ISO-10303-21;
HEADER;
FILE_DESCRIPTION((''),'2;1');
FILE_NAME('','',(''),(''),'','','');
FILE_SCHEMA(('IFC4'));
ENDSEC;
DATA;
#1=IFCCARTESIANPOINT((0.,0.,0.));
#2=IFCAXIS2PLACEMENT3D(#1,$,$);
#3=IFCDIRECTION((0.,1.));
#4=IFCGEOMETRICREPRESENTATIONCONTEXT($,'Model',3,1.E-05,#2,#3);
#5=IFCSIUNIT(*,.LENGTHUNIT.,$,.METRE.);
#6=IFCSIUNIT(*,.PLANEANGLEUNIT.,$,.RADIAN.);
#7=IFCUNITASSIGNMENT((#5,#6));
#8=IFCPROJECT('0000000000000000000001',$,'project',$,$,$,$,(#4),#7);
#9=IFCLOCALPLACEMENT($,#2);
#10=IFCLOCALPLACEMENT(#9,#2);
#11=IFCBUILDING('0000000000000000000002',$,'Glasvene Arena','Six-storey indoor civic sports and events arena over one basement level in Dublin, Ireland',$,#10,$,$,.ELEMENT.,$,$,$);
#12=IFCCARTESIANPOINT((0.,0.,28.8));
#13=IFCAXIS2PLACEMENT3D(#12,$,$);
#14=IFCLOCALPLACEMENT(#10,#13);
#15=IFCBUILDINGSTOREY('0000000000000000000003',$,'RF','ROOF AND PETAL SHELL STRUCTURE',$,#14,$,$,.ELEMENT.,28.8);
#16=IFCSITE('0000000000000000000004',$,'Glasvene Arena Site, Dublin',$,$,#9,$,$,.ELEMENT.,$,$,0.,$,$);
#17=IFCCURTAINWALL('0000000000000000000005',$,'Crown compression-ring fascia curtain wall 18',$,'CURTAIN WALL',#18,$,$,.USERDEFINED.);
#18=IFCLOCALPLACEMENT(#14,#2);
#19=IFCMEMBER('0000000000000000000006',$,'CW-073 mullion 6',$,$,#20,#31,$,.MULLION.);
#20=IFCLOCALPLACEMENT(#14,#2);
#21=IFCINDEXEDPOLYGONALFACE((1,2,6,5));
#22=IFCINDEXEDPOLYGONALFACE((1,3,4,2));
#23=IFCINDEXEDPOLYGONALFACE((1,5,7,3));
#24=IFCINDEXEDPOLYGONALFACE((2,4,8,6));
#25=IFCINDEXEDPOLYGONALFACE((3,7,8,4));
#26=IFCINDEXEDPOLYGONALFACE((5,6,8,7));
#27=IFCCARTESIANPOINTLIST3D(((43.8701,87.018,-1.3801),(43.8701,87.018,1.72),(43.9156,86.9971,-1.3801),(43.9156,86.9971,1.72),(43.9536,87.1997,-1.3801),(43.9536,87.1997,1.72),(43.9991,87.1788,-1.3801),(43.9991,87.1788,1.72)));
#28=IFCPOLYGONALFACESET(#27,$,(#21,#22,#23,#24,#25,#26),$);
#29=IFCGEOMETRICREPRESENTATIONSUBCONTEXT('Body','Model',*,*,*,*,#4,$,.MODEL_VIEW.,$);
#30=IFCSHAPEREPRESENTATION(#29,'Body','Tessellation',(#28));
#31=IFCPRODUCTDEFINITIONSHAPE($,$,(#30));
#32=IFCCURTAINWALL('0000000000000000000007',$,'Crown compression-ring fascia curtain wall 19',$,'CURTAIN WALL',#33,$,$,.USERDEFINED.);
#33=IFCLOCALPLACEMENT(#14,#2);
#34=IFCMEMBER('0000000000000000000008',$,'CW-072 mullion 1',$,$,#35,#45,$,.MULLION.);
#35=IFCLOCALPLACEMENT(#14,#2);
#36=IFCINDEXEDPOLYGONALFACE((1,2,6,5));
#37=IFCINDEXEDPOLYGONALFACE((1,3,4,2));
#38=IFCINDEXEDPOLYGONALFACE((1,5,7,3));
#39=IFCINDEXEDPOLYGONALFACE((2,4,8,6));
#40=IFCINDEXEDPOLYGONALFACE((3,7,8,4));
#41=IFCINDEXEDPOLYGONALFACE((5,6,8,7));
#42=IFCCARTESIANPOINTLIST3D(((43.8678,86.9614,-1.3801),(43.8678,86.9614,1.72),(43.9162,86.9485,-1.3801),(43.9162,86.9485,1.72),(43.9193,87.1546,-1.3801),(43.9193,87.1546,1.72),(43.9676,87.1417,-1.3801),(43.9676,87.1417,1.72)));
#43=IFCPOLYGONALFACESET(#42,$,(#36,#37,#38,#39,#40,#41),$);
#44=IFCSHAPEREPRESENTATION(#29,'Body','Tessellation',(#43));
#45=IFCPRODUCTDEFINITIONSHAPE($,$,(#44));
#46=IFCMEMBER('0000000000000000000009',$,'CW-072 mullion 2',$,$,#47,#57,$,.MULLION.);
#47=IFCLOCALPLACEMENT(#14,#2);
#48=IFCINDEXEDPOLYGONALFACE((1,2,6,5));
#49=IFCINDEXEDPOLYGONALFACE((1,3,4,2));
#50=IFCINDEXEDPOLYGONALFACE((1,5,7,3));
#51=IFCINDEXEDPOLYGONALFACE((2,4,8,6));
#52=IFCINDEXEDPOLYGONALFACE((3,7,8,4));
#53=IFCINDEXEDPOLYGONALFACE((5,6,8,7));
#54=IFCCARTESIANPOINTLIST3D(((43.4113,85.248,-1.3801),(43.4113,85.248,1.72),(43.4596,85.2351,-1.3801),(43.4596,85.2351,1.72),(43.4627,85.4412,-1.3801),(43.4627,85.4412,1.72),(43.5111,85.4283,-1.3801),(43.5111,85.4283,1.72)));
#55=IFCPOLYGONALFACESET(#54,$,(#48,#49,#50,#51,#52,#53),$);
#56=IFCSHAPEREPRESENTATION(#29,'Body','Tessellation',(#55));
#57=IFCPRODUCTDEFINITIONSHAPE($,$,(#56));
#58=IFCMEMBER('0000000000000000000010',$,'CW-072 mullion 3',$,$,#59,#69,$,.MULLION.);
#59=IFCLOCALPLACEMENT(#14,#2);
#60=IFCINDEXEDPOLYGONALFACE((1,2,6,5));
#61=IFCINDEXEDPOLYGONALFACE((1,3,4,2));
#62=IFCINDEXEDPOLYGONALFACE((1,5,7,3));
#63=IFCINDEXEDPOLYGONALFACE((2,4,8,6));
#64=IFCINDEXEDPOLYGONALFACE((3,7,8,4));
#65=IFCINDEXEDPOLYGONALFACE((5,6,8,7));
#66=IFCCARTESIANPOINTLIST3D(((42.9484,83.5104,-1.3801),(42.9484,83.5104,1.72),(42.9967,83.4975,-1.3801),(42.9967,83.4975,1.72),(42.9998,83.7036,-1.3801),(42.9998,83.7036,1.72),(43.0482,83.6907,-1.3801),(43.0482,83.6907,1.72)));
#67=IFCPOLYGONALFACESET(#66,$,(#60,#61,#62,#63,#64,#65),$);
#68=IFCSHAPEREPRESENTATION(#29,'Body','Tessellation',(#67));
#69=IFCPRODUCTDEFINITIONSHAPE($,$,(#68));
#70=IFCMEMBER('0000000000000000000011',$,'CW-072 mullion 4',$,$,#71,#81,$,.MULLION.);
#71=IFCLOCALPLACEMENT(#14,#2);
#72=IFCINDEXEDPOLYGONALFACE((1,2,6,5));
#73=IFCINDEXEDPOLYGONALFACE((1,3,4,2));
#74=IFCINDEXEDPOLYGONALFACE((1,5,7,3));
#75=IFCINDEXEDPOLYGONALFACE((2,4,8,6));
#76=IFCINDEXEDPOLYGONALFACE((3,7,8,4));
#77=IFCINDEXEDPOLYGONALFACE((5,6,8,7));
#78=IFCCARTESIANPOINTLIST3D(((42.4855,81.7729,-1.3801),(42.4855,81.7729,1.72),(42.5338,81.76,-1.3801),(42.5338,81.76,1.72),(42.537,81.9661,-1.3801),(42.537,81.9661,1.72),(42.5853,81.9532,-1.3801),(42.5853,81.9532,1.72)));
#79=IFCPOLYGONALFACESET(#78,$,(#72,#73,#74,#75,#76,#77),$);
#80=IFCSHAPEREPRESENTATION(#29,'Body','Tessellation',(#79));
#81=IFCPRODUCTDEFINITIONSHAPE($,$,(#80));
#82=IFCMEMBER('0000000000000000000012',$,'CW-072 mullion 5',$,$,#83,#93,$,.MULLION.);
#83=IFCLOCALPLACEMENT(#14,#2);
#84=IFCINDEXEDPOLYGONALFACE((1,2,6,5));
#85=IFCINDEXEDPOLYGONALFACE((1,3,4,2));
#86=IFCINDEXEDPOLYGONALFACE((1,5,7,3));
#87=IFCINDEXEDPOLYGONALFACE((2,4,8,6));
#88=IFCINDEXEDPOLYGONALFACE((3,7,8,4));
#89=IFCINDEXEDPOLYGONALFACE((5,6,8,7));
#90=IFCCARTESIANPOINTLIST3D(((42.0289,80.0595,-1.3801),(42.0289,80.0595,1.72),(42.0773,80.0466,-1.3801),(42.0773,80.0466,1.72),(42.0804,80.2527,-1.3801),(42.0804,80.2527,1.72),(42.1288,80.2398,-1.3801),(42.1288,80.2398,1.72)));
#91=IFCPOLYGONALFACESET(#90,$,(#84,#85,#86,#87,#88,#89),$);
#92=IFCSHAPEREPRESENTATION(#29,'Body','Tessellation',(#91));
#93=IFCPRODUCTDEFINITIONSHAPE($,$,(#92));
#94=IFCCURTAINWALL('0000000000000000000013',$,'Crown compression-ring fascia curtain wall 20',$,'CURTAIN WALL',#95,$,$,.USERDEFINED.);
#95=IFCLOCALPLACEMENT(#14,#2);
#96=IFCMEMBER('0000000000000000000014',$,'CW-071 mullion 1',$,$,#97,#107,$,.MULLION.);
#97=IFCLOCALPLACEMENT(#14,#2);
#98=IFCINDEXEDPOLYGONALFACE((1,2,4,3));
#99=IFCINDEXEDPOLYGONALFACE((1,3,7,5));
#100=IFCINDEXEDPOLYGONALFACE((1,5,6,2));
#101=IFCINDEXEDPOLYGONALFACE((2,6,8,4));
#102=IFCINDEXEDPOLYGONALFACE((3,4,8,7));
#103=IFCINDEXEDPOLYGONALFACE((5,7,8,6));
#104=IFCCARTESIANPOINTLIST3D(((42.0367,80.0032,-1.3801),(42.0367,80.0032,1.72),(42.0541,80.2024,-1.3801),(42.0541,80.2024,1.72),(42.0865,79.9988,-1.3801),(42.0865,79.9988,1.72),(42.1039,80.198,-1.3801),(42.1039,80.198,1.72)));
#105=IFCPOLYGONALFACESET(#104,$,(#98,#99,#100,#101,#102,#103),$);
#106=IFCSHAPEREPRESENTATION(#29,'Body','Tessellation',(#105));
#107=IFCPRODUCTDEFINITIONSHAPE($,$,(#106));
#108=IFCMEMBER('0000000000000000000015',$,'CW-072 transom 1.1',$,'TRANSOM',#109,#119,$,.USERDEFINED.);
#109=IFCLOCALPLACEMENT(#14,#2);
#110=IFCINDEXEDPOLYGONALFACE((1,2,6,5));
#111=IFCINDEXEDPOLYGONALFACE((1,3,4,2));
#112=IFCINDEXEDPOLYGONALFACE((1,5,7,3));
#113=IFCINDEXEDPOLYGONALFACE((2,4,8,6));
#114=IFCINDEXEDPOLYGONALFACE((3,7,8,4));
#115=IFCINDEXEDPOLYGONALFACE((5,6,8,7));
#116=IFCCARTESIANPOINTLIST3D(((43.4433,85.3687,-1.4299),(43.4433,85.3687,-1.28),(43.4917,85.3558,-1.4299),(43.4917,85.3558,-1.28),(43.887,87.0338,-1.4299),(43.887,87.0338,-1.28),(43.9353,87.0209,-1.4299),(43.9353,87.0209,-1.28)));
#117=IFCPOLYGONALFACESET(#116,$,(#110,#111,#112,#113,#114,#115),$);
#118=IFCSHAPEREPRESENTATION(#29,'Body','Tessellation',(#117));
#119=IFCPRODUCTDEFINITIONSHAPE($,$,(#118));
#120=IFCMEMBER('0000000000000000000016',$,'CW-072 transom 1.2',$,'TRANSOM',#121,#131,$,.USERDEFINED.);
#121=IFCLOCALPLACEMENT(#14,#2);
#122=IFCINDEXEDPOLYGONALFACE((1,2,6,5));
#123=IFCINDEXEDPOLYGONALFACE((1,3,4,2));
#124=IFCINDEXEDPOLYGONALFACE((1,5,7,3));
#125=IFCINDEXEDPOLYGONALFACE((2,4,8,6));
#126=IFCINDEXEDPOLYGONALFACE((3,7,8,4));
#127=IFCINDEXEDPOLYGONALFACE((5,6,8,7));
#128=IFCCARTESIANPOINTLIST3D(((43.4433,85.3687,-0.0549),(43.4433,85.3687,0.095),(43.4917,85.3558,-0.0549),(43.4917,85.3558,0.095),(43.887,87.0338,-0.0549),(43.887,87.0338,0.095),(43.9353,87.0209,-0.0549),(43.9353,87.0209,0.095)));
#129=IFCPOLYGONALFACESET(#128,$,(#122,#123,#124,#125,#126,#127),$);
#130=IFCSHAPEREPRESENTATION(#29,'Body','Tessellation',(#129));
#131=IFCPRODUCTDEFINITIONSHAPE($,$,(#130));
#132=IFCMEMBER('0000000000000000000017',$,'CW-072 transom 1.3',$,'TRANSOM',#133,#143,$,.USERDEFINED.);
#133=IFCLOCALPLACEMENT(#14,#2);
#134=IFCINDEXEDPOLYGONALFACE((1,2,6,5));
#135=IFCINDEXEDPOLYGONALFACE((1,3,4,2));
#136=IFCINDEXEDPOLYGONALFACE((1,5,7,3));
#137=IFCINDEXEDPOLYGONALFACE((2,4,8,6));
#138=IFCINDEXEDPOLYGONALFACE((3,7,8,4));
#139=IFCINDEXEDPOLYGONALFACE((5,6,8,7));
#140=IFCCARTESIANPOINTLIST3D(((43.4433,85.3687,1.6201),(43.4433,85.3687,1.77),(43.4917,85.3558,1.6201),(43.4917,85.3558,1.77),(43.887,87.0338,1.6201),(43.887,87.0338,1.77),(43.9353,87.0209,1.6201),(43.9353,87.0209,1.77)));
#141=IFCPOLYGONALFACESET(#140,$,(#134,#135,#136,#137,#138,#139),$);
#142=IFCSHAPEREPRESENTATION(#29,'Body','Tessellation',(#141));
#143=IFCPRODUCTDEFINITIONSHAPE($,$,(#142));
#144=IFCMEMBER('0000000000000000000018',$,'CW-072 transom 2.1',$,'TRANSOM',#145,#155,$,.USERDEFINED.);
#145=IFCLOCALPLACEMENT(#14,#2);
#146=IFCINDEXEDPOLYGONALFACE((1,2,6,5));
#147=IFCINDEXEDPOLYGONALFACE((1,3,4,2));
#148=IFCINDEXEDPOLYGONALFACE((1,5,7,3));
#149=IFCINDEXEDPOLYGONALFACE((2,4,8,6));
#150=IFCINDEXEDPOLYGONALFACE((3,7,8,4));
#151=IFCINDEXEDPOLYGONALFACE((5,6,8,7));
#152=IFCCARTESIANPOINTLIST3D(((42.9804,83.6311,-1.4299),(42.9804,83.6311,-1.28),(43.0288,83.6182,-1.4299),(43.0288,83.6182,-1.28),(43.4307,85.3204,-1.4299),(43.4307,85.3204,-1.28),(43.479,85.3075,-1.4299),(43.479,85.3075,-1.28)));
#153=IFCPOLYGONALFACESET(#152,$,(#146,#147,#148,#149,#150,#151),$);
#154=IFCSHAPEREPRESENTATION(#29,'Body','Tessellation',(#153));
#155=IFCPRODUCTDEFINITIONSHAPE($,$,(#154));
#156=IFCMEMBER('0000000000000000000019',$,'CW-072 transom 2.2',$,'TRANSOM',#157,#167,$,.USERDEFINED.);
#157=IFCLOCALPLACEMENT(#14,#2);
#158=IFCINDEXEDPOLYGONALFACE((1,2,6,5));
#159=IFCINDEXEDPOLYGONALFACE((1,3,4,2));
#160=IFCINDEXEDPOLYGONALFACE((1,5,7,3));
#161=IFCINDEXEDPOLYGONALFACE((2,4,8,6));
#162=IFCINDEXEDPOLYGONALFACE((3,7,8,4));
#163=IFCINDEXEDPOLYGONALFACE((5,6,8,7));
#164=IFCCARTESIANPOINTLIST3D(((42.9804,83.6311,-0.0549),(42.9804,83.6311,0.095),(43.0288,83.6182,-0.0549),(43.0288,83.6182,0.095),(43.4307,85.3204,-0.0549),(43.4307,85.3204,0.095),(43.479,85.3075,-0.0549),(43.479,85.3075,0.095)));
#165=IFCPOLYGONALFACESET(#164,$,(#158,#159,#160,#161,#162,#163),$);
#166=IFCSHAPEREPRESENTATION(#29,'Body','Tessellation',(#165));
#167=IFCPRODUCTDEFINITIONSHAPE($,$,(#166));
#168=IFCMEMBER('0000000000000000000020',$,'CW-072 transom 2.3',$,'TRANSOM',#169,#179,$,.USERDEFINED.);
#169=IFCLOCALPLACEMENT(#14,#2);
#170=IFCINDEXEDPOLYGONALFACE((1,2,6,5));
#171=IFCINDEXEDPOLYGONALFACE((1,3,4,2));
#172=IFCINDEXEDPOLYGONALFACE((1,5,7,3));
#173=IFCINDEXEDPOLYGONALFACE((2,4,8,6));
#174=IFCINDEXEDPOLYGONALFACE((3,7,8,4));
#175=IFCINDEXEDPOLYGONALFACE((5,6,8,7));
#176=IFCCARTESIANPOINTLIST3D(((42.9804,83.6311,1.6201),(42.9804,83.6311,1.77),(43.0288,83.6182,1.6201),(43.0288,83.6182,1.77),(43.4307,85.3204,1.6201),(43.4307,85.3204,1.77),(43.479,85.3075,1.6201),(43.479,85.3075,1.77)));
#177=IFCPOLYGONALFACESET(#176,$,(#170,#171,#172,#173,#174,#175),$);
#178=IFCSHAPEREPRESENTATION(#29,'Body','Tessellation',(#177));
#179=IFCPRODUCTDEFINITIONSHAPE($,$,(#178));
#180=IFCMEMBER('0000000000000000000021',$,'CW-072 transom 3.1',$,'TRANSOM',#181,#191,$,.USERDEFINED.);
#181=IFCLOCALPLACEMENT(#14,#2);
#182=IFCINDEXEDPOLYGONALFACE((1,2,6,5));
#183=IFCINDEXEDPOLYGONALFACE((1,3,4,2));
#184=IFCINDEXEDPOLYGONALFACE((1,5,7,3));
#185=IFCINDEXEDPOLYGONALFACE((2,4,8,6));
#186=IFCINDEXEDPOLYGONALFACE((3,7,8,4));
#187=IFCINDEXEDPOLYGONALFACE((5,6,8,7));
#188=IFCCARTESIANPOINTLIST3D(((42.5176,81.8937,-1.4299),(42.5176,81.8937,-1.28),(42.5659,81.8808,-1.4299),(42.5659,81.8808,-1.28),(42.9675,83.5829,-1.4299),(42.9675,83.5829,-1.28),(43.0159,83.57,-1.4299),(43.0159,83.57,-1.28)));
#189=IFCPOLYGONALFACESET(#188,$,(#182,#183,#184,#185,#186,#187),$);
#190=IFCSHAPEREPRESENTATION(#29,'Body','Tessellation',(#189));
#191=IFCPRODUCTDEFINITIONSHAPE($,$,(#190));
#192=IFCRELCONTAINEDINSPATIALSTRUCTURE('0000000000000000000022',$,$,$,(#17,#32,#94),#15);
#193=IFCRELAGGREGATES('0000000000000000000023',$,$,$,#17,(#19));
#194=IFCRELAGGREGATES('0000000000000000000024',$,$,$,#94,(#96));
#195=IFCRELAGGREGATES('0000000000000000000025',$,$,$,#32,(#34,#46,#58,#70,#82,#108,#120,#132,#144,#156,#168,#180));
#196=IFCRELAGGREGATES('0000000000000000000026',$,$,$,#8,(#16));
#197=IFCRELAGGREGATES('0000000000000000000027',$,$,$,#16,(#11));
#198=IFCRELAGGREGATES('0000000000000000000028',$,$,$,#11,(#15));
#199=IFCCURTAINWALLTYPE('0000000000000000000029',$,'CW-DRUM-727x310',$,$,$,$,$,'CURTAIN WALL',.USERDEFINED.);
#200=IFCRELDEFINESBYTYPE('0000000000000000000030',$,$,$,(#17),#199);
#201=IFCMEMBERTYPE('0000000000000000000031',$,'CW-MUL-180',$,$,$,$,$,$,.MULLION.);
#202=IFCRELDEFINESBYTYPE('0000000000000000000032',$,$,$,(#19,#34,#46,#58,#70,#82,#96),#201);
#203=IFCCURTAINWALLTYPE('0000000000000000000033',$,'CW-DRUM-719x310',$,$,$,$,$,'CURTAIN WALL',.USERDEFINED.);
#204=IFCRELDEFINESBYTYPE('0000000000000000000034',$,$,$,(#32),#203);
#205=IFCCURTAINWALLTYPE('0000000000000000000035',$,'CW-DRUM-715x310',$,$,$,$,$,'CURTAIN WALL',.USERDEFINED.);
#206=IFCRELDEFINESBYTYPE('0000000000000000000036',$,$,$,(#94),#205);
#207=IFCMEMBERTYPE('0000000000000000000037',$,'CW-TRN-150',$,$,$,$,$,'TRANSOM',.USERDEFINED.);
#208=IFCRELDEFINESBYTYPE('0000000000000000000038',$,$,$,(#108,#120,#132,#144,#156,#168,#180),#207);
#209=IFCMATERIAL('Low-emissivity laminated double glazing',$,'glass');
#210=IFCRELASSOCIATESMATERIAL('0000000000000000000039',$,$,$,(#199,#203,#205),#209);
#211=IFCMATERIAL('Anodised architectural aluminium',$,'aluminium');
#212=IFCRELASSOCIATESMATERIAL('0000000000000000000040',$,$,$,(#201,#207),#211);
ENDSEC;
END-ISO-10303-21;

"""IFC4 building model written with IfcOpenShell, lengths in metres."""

from ifc_helpers import new_model, si_unit, direction, frame, origin, origin_2d, place, context, subcontext, project, spatial, rectangle, extrude, material, material_profile, profile_set, type_object, element, aggregate, save


model = new_model("IFC4")

# Units and contexts
model_context = context("Model", 3, precision=1e-05, world=origin(), true_north=direction((0.0, 1.0)))
body_context = subcontext(model_context, "Body", "Model", "MODEL_VIEW")
ifc_project = project(units=[si_unit("LENGTHUNIT", "METRE"), si_unit("PLANEANGLEUNIT", "RADIAN")], contexts=[model_context])

# Site, building, storey
site_placement = place(None, origin())
site = spatial("IfcSite", under=ifc_project, at=site_placement, Name="Glasvene Arena Site, Dublin", CompositionType="ELEMENT", RefElevation=0.0)
building_placement = place(site_placement, origin())
building = spatial("IfcBuilding", under=site, at=building_placement, Name="Glasvene Arena", Description="Six-storey indoor civic sports and events arena over one basement level in Dublin, Ireland", CompositionType="ELEMENT")
storey_placement = place(building_placement, frame((0.0, 0.0, 28.8)))
storey = spatial("IfcBuildingStorey", under=building, at=storey_placement, Name="RF", Description="ROOF AND PETAL SHELL STRUCTURE", CompositionType="ELEMENT", Elevation=28.8)

# Curtain wall, member
ifc_material_1 = material(Name="Low-emissivity laminated double glazing", Category="glass")
curtain_wall_type_1 = type_object("IfcCurtainWallType", Name="CW-DRUM-727x310", ElementType="CURTAIN WALL", PredefinedType="USERDEFINED", material=ifc_material_1)
curtain_wall_1_placement = place(storey_placement, frame((46.9597, 93.6792, 0.0)))
curtain_wall_1 = element("IfcCurtainWall", 1, at=curtain_wall_1_placement, inside=storey, type_object=curtain_wall_type_1, Name="Crown compression-ring fascia curtain wall 18", ObjectType="CURTAIN WALL", PredefinedType="USERDEFINED")
ifc_material_2 = material(Name="Anodised architectural aluminium", Category="aluminium")
ifc_material_profile_1 = material_profile(ifc_material_2, rectangle(XDim=0.05, YDim=0.2, at=origin_2d()), Name="ALU MULLION 50x200")
ifc_profile_set_1 = profile_set([ifc_material_profile_1], Name="Anodised architectural aluminium")
member_type_1 = type_object("IfcMemberType", Name="CW-MUL-180", PredefinedType="MULLION", material=ifc_profile_set_1)
member_1_placement = place(storey_placement, frame((43.9346, 87.0984, -1.3801), z_axis=(0.0, 0.0, 1.0), x_axis=(0.908603, -0.417661, 0.0)))
member_1 = element("IfcMember", 2, at=member_1_placement, type_object=member_type_1, Name="CW-073 mullion 6", PredefinedType="MULLION", context=body_context, shape_type="SweptSolid", body=[
    extrude(rectangle(XDim=0.05, YDim=0.2, at=origin_2d()), origin(), (0.0, 0.0, 1.0), 3.1001),
])
aggregate(curtain_wall_1, [member_1])

# Curtain wall, members
curtain_wall_type_2 = type_object("IfcCurtainWallType", Name="CW-DRUM-719x310", ElementType="CURTAIN WALL", PredefinedType="USERDEFINED", material=ifc_material_1)
curtain_wall_2_placement = place(storey_placement, frame((43.9241, 87.0757, 0.0)))
curtain_wall_2 = element("IfcCurtainWall", 3, at=curtain_wall_2_placement, inside=storey, type_object=curtain_wall_type_2, Name="Crown compression-ring fascia curtain wall 19", ObjectType="CURTAIN WALL", PredefinedType="USERDEFINED")
member_2_placement = place(storey_placement, frame((43.9177, 87.0515, -1.3801), z_axis=(0.0, 0.0, 1.0), x_axis=(0.966292, -0.257447, 0.0)))
member_2 = element("IfcMember", 4, at=member_2_placement, type_object=member_type_1, Name="CW-072 mullion 1", PredefinedType="MULLION", context=body_context, shape_type="SweptSolid", body=[
    extrude(rectangle(XDim=0.05, YDim=0.2, at=origin_2d()), origin(), (0.0, 0.0, 1.0), 3.1001),
])
member_3_placement = place(storey_placement, frame((43.4612, 85.3381, -1.3801), z_axis=(0.0, 0.0, 1.0), x_axis=(0.966292, -0.257447, 0.0)))
member_3 = element("IfcMember", 5, at=member_3_placement, type_object=member_type_1, Name="CW-072 mullion 2", PredefinedType="MULLION", context=body_context, shape_type="SweptSolid", body=[
    extrude(rectangle(XDim=0.05, YDim=0.2, at=origin_2d()), origin(), (0.0, 0.0, 1.0), 3.1001),
])
member_4_placement = place(storey_placement, frame((42.9983, 83.6006, -1.3801), z_axis=(0.0, 0.0, 1.0), x_axis=(0.966292, -0.257447, 0.0)))
member_4 = element("IfcMember", 6, at=member_4_placement, type_object=member_type_1, Name="CW-072 mullion 3", PredefinedType="MULLION", context=body_context, shape_type="SweptSolid", body=[
    extrude(rectangle(XDim=0.05, YDim=0.2, at=origin_2d()), origin(), (0.0, 0.0, 1.0), 3.1001),
])
member_5_placement = place(storey_placement, frame((42.5354, 81.863, -1.3801), z_axis=(0.0, 0.0, 1.0), x_axis=(0.966292, -0.257447, 0.0)))
member_5 = element("IfcMember", 7, at=member_5_placement, type_object=member_type_1, Name="CW-072 mullion 4", PredefinedType="MULLION", context=body_context, shape_type="SweptSolid", body=[
    extrude(rectangle(XDim=0.05, YDim=0.2, at=origin_2d()), origin(), (0.0, 0.0, 1.0), 3.1001),
])
member_6_placement = place(storey_placement, frame((42.0789, 80.1497, -1.3801), z_axis=(0.0, 0.0, 1.0), x_axis=(0.966292, -0.257447, 0.0)))
member_6 = element("IfcMember", 8, at=member_6_placement, type_object=member_type_1, Name="CW-072 mullion 5", PredefinedType="MULLION", context=body_context, shape_type="SweptSolid", body=[
    extrude(rectangle(XDim=0.05, YDim=0.2, at=origin_2d()), origin(), (0.0, 0.0, 1.0), 3.1001),
])

# Curtain wall, member
curtain_wall_type_3 = type_object("IfcCurtainWallType", Name="CW-DRUM-715x310", ElementType="CURTAIN WALL", PredefinedType="USERDEFINED", material=ifc_material_1)
curtain_wall_3_placement = place(storey_placement, frame((42.0725, 80.1255, 0.0)))
curtain_wall_3 = element("IfcCurtainWall", 9, at=curtain_wall_3_placement, inside=storey, type_object=curtain_wall_type_3, Name="Crown compression-ring fascia curtain wall 20", ObjectType="CURTAIN WALL", PredefinedType="USERDEFINED")
member_7_placement = place(storey_placement, frame((42.0703, 80.1006, -1.3801), z_axis=(0.0, 0.0, 1.0), x_axis=(0.996207, -0.087016, 0.0)))
member_7 = element("IfcMember", 10, at=member_7_placement, type_object=member_type_1, Name="CW-071 mullion 1", PredefinedType="MULLION", context=body_context, shape_type="SweptSolid", body=[
    extrude(rectangle(XDim=0.05, YDim=0.2, at=origin_2d()), origin(), (0.0, 0.0, 1.0), 3.1001),
])

# Members
ifc_material_profile_2 = material_profile(ifc_material_2, rectangle(XDim=0.05, YDim=0.1499, at=origin_2d()), Name="ALU TRANSOM 50x150")
ifc_profile_set_2 = profile_set([ifc_material_profile_2], Name="Anodised architectural aluminium")
member_type_2 = type_object("IfcMemberType", Name="CW-TRN-150", ElementType="TRANSOM", PredefinedType="USERDEFINED", material=ifc_profile_set_2)
member_8_placement = place(storey_placement, frame((43.9111, 87.0273, -1.355), z_axis=(-0.257442, -0.966294, 0.0), x_axis=(0.966294, -0.257442, 0.0)))
member_8 = element("IfcMember", 11, at=member_8_placement, type_object=member_type_2, Name="CW-072 transom 1.1", ObjectType="TRANSOM", PredefinedType="USERDEFINED", context=body_context, shape_type="SweptSolid", body=[
    extrude(rectangle(XDim=0.05, YDim=0.1499, at=origin_2d()), origin(), (0.0, 0.0, 1.0), 1.7231),
])
member_9_placement = place(storey_placement, frame((43.9111, 87.0273, 0.02), z_axis=(-0.257442, -0.966294, 0.0), x_axis=(0.966294, -0.257442, 0.0)))
member_9 = element("IfcMember", 12, at=member_9_placement, type_object=member_type_2, Name="CW-072 transom 1.2", ObjectType="TRANSOM", PredefinedType="USERDEFINED", context=body_context, shape_type="SweptSolid", body=[
    extrude(rectangle(XDim=0.05, YDim=0.1499, at=origin_2d()), origin(), (0.0, 0.0, 1.0), 1.7231),
])
member_10_placement = place(storey_placement, frame((43.9111, 87.0273, 1.6951), z_axis=(-0.257442, -0.966294, 0.0), x_axis=(0.966294, -0.257442, 0.0)))
member_10 = element("IfcMember", 13, at=member_10_placement, type_object=member_type_2, Name="CW-072 transom 1.3", ObjectType="TRANSOM", PredefinedType="USERDEFINED", context=body_context, shape_type="SweptSolid", body=[
    extrude(rectangle(XDim=0.05, YDim=0.1499, at=origin_2d()), origin(), (0.0, 0.0, 1.0), 1.7231),
])
member_11_placement = place(storey_placement, frame((43.4548, 85.314, -1.355), z_axis=(-0.257524, -0.966272, 0.0), x_axis=(0.966272, -0.257524, 0.0)))
member_11 = element("IfcMember", 14, at=member_11_placement, type_object=member_type_2, Name="CW-072 transom 2.1", ObjectType="TRANSOM", PredefinedType="USERDEFINED", context=body_context, shape_type="SweptSolid", body=[
    extrude(rectangle(XDim=0.05, YDim=0.1499, at=origin_2d()), origin(), (0.0, 0.0, 1.0), 1.7483),
])
member_12_placement = place(storey_placement, frame((43.4548, 85.314, 0.02), z_axis=(-0.257524, -0.966272, 0.0), x_axis=(0.966272, -0.257524, 0.0)))
member_12 = element("IfcMember", 15, at=member_12_placement, type_object=member_type_2, Name="CW-072 transom 2.2", ObjectType="TRANSOM", PredefinedType="USERDEFINED", context=body_context, shape_type="SweptSolid", body=[
    extrude(rectangle(XDim=0.05, YDim=0.1499, at=origin_2d()), origin(), (0.0, 0.0, 1.0), 1.7483),
])
member_13_placement = place(storey_placement, frame((43.4548, 85.314, 1.6951), z_axis=(-0.257524, -0.966272, 0.0), x_axis=(0.966272, -0.257524, 0.0)))
member_13 = element("IfcMember", 16, at=member_13_placement, type_object=member_type_2, Name="CW-072 transom 2.3", ObjectType="TRANSOM", PredefinedType="USERDEFINED", context=body_context, shape_type="SweptSolid", body=[
    extrude(rectangle(XDim=0.05, YDim=0.1499, at=origin_2d()), origin(), (0.0, 0.0, 1.0), 1.7483),
])
member_14_placement = place(storey_placement, frame((42.9917, 83.5764, -1.355), z_axis=(-0.257393, -0.966307, 0.0), x_axis=(0.966307, -0.257393, 0.0)))
member_14 = element("IfcMember", 17, at=member_14_placement, type_object=member_type_2, Name="CW-072 transom 3.1", ObjectType="TRANSOM", PredefinedType="USERDEFINED", context=body_context, shape_type="SweptSolid", body=[
    extrude(rectangle(XDim=0.05, YDim=0.1499, at=origin_2d()), origin(), (0.0, 0.0, 1.0), 1.748),
])
aggregate(curtain_wall_3, [member_7])

aggregate(curtain_wall_2, [member_2, member_3, member_4, member_5, member_6, member_8, member_9, member_10, member_11, member_12, member_13, member_14])

save(model, "model.ifc")
